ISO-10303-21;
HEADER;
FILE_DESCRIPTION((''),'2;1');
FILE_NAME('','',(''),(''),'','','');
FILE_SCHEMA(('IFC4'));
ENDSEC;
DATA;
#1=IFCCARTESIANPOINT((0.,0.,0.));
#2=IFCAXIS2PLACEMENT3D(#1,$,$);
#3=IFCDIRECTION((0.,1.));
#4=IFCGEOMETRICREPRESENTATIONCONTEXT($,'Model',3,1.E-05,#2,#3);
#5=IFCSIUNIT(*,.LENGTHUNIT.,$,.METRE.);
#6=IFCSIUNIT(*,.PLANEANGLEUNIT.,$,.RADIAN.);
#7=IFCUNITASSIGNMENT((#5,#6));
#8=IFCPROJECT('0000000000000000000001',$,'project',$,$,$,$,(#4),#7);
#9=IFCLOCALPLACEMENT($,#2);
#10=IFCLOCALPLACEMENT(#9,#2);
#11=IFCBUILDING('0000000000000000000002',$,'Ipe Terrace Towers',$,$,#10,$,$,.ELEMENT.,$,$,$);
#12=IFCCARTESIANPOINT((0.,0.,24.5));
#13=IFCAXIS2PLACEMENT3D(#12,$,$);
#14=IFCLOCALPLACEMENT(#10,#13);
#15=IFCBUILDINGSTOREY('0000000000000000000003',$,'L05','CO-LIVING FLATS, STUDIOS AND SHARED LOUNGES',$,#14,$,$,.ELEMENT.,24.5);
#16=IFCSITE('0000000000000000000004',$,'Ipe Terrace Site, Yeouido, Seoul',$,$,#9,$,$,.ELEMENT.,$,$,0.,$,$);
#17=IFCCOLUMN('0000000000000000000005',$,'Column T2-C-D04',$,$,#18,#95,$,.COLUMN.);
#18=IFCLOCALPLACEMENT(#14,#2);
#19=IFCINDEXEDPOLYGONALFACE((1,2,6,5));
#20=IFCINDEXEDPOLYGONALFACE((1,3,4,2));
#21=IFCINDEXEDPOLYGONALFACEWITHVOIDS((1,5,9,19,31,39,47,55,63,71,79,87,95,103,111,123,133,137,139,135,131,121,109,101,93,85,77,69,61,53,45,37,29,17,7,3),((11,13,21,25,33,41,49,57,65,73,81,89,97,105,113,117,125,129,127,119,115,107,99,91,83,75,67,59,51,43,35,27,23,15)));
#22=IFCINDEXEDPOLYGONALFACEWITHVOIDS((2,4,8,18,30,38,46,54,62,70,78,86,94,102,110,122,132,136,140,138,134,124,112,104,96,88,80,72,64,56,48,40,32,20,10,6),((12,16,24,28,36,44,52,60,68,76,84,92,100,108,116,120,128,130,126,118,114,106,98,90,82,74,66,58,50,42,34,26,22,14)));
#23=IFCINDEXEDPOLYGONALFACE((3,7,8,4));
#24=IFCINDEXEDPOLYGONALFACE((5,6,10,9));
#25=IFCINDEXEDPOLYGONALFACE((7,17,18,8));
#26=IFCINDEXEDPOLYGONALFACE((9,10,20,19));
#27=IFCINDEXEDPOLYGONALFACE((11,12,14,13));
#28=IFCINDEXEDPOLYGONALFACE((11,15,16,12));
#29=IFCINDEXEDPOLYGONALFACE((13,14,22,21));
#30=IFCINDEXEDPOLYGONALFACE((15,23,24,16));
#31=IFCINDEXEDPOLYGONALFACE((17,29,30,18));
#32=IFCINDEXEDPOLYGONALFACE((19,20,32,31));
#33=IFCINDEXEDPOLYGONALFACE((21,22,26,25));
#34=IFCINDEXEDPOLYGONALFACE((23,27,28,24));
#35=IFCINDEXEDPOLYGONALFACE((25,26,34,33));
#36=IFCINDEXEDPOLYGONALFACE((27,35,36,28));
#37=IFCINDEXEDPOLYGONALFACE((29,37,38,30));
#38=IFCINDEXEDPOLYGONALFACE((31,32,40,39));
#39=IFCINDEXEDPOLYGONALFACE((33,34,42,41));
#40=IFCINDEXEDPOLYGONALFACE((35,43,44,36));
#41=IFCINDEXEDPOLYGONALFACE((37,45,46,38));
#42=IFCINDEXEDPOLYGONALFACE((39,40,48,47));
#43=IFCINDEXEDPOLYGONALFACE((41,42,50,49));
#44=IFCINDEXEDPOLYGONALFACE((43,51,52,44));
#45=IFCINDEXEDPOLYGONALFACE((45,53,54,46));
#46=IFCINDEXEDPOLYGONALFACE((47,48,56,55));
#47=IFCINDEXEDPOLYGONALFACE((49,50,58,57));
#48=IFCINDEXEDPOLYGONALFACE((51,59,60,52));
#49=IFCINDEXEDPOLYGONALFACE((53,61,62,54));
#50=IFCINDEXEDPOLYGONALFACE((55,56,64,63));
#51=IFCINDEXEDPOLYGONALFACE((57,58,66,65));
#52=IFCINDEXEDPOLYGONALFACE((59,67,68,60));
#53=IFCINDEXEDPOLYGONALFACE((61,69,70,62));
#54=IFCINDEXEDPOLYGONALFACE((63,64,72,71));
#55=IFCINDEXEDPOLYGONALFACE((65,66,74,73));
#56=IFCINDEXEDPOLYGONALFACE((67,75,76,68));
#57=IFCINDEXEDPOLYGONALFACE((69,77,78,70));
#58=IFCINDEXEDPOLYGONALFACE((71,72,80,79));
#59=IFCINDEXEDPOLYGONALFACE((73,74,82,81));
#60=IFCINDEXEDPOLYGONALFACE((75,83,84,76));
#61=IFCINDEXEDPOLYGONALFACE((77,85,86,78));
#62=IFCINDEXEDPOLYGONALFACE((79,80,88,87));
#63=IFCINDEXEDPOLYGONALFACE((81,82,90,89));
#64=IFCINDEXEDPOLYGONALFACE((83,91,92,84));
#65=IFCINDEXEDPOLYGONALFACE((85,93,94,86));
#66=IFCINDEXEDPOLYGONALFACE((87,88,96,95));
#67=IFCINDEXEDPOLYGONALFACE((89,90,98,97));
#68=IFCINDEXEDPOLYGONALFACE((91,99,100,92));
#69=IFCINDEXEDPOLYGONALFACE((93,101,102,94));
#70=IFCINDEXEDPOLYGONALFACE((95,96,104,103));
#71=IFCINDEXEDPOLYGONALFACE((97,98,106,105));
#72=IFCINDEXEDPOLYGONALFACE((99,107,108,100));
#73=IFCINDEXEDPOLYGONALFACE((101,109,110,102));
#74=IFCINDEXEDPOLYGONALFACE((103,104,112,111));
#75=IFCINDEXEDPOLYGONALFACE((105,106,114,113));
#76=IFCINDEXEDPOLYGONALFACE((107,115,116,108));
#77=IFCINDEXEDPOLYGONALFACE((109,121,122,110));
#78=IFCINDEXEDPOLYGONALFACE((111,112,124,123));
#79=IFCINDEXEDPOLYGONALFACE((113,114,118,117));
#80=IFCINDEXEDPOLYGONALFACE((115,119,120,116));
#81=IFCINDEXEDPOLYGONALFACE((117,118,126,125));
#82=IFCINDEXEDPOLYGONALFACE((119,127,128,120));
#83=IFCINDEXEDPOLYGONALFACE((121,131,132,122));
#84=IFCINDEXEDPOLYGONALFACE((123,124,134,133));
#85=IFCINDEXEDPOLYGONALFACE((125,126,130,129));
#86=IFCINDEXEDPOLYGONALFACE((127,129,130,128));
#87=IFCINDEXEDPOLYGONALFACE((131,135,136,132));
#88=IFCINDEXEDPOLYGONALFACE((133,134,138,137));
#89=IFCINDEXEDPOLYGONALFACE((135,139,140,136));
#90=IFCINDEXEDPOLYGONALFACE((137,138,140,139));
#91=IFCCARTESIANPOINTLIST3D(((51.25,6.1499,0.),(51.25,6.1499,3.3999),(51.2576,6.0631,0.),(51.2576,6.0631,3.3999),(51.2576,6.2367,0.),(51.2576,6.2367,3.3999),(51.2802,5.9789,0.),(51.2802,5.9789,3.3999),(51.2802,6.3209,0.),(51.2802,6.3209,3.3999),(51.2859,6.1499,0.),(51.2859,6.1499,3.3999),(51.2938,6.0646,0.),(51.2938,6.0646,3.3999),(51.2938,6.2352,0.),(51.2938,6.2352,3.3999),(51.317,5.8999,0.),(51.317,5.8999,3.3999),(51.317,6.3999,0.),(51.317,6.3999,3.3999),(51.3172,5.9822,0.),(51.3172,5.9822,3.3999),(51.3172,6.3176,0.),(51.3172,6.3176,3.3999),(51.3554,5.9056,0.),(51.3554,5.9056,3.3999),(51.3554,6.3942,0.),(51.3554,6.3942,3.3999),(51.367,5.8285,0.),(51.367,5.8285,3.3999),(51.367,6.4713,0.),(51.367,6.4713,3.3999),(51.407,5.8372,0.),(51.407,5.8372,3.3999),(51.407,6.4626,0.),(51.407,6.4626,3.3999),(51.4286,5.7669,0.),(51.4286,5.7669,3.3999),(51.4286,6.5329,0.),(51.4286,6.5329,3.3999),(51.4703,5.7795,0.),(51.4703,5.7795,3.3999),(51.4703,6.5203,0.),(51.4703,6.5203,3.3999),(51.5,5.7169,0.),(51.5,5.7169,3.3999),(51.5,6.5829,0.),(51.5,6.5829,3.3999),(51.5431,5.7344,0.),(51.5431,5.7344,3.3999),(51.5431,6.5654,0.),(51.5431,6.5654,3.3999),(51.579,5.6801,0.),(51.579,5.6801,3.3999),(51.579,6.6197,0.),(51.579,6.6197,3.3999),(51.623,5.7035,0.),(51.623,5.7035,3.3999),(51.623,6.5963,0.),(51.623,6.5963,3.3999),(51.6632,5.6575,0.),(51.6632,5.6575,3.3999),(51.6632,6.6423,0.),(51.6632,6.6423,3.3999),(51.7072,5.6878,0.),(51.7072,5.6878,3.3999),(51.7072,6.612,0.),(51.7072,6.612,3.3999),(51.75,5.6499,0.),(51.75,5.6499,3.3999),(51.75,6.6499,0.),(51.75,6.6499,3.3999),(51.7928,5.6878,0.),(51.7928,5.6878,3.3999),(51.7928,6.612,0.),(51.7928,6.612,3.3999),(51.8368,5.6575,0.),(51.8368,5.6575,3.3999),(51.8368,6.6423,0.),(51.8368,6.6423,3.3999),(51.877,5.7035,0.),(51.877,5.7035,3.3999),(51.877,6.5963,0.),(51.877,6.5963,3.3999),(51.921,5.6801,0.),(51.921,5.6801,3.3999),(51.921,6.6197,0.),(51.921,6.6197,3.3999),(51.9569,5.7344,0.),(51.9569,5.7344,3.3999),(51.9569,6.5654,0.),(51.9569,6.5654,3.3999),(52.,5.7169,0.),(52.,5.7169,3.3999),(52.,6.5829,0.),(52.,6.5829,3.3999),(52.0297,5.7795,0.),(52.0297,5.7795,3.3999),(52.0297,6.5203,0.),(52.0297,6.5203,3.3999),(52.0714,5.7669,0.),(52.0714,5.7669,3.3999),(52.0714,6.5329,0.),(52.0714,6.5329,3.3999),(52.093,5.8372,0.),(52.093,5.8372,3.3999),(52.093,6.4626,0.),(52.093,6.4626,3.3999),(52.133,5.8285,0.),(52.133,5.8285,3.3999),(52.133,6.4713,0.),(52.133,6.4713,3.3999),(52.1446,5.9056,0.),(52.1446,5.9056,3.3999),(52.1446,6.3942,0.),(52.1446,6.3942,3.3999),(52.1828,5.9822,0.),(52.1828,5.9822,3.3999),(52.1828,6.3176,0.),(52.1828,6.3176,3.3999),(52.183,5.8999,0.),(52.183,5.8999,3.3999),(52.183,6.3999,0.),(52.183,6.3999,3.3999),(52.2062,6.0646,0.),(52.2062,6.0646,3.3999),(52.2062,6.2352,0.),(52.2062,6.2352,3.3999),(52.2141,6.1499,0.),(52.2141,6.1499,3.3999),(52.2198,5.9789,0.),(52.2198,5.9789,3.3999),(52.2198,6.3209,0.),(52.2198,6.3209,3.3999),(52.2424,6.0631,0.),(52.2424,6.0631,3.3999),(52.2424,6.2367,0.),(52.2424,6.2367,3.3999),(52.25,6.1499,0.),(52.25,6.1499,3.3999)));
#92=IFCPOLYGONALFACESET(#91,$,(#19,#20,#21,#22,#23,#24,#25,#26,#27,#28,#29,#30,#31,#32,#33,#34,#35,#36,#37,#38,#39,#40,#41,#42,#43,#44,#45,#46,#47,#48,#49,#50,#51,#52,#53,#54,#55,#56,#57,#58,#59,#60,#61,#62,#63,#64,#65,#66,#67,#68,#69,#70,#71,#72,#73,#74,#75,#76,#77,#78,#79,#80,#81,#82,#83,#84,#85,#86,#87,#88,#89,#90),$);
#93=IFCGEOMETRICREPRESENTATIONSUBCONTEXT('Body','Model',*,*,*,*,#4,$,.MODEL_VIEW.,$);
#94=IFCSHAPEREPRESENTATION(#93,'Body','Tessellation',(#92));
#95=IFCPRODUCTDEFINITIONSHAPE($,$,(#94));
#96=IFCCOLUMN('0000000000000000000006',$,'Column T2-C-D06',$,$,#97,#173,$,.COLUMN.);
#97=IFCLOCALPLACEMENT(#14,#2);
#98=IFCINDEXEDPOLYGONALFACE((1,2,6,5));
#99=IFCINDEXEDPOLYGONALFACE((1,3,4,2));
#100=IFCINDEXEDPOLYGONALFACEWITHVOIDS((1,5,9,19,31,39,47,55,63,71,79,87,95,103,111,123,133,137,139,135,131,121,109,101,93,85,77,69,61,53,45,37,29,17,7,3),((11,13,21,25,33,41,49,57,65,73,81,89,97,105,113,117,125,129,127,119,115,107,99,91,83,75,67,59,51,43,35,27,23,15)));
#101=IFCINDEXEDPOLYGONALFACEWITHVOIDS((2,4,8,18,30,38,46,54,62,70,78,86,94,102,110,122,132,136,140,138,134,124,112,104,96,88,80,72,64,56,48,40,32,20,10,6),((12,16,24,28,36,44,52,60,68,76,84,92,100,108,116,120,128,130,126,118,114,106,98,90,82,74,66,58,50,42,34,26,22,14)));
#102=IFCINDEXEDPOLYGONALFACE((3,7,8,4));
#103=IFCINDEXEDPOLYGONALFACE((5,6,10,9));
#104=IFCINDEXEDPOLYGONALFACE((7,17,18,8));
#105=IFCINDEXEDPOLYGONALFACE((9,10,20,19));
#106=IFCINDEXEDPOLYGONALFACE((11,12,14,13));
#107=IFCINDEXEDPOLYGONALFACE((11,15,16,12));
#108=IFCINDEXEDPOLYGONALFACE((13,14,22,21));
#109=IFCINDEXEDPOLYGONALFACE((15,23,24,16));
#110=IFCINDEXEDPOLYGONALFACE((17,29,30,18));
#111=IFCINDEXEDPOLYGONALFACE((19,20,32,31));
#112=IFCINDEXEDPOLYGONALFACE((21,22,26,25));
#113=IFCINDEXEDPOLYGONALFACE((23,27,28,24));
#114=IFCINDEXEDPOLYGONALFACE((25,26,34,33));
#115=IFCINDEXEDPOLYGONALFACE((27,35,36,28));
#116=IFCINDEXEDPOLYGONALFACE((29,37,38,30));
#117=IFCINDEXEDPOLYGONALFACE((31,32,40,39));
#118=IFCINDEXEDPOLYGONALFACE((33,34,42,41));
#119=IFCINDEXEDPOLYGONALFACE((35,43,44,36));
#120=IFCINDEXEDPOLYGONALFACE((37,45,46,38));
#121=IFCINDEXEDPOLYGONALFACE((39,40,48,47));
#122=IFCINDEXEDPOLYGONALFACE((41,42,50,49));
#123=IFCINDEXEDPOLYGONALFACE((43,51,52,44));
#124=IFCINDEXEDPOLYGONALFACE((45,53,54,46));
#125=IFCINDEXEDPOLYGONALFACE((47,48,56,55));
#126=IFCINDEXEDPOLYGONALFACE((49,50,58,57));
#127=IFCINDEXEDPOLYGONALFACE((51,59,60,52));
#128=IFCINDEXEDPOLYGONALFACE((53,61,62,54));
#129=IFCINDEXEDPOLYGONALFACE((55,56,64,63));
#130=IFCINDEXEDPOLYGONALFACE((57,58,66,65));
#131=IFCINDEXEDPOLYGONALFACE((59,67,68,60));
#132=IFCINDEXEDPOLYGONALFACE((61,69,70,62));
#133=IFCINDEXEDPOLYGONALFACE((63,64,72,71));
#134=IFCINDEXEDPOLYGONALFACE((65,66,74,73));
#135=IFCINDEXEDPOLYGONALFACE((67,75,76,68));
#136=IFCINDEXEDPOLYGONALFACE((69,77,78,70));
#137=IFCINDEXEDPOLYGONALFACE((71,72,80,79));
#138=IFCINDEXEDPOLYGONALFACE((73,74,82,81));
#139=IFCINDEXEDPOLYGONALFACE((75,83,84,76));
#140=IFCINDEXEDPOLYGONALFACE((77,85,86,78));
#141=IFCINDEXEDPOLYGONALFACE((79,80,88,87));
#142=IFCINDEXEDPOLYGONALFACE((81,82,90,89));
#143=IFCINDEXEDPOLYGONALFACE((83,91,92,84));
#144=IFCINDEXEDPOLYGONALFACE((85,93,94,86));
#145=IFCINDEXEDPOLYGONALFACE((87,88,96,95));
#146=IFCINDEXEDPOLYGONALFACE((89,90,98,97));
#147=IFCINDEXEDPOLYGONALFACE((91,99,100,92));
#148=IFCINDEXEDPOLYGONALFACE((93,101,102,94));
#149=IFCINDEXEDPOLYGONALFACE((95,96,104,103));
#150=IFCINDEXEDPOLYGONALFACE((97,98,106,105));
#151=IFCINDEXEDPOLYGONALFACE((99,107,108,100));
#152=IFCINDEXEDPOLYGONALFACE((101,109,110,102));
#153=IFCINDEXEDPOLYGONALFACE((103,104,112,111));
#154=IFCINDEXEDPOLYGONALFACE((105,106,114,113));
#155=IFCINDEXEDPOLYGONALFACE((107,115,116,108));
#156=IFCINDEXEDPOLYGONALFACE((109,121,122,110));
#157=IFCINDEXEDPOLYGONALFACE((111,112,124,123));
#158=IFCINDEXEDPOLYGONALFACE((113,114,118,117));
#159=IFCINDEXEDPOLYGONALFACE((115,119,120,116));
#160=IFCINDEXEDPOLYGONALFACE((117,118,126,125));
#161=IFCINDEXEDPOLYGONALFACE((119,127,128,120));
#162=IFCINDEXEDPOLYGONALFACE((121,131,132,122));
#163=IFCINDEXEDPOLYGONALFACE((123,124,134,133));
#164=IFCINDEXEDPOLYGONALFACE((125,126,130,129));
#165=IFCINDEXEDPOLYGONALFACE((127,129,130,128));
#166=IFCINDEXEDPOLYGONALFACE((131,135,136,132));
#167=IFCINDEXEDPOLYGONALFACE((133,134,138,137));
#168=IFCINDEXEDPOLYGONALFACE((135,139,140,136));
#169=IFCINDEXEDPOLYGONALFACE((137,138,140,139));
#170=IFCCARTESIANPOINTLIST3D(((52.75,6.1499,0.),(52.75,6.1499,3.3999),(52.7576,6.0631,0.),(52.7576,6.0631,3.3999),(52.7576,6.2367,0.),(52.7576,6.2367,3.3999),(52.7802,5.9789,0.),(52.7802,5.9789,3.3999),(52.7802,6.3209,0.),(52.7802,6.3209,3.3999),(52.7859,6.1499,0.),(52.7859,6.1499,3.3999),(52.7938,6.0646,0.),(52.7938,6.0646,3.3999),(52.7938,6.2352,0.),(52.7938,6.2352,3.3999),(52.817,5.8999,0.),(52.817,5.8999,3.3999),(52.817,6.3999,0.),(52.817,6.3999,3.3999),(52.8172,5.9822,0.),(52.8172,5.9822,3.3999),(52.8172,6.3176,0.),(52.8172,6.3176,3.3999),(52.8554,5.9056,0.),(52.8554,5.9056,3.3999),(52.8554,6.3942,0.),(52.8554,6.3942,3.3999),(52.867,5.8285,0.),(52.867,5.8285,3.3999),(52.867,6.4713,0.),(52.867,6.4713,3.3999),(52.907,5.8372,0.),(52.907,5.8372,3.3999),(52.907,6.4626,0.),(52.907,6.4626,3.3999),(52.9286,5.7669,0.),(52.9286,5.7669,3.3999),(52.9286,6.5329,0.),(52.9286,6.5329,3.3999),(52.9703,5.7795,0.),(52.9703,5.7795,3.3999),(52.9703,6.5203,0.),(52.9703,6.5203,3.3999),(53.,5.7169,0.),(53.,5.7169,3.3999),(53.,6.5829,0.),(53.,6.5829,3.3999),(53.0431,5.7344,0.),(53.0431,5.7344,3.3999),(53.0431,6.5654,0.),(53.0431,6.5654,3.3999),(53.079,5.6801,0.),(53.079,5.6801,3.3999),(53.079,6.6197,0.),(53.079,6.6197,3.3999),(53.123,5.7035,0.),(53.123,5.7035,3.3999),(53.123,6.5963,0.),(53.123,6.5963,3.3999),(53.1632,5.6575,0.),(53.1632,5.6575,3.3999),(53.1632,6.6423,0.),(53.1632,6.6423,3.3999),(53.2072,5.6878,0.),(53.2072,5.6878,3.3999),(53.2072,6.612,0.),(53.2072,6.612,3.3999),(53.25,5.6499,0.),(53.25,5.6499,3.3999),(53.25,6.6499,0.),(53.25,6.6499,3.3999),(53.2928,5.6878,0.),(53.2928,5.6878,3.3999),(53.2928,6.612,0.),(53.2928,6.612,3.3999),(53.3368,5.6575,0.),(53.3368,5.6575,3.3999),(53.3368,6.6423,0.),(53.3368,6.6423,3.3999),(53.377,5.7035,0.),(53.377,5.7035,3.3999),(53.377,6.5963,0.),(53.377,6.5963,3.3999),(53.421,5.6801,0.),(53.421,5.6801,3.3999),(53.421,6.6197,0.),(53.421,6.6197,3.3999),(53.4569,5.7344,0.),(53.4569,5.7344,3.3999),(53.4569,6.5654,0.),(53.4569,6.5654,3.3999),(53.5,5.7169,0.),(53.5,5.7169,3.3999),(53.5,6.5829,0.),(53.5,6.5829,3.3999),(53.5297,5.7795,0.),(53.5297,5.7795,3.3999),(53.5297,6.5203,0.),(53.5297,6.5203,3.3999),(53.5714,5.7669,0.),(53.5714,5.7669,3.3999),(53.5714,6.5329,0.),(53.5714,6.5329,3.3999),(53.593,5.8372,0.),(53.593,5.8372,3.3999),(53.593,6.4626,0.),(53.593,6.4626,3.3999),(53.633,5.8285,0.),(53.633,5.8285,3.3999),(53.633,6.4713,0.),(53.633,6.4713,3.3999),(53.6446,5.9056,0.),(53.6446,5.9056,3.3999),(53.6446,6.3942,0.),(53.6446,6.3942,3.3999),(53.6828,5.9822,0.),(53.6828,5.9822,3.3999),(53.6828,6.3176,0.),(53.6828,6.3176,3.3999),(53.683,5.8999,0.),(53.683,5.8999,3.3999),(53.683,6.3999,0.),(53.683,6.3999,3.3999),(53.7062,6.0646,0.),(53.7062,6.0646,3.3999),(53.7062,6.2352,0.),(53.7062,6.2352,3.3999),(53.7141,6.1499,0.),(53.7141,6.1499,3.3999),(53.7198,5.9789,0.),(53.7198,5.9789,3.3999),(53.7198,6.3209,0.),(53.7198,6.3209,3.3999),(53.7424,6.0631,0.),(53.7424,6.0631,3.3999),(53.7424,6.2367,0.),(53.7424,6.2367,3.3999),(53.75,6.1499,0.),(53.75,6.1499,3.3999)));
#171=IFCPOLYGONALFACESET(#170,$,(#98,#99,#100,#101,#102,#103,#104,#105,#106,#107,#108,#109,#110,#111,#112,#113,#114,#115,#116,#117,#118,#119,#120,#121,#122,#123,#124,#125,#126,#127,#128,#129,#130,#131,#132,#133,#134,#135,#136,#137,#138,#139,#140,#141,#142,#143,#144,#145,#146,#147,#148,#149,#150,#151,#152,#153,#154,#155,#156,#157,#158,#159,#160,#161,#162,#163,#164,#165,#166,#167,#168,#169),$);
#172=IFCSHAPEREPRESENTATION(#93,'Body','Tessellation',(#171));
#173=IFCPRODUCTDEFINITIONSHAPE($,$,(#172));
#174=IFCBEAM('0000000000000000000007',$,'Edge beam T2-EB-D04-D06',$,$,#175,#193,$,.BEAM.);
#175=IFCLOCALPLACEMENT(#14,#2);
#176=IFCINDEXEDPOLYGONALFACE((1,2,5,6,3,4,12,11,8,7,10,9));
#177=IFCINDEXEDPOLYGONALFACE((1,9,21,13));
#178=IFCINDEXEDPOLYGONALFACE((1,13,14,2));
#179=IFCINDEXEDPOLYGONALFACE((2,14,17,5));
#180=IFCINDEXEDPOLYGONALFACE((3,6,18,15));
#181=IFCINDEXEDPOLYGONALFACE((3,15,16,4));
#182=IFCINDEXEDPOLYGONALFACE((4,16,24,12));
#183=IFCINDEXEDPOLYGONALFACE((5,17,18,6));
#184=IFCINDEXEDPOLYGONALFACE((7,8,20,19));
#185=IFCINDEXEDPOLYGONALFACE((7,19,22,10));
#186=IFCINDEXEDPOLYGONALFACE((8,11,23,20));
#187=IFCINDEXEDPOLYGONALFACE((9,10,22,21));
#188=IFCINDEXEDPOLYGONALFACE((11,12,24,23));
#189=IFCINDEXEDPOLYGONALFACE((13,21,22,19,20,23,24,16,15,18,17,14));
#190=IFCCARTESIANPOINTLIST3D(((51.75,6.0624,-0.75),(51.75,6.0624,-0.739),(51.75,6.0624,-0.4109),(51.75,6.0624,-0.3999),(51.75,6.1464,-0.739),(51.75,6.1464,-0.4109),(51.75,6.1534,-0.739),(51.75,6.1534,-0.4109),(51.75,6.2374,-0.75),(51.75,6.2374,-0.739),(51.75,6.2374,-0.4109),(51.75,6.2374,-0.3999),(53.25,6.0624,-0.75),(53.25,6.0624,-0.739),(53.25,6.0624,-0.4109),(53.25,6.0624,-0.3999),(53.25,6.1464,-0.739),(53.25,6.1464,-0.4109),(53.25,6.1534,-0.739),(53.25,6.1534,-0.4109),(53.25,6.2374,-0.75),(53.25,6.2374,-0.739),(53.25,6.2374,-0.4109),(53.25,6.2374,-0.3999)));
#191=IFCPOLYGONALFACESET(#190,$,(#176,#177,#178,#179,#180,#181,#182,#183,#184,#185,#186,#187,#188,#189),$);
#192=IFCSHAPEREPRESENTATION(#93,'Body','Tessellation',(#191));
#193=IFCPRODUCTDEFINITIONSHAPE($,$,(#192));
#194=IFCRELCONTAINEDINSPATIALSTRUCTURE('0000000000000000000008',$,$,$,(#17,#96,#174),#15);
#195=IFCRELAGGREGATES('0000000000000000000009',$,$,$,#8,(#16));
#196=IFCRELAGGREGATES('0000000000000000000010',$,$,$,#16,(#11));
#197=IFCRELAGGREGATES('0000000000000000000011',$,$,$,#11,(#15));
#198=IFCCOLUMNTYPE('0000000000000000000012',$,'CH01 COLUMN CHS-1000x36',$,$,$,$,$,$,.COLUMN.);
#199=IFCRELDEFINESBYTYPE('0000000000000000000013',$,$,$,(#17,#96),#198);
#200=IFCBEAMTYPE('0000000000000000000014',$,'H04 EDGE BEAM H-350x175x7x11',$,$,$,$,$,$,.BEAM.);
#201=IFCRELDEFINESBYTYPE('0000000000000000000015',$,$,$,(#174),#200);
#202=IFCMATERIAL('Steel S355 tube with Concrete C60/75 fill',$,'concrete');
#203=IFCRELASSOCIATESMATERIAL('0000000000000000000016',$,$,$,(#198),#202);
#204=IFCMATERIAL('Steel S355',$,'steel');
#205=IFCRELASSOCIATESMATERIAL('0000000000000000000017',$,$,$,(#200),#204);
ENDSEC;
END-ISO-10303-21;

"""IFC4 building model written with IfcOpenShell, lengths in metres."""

from ifc_helpers import new_model, si_unit, direction, frame, origin, origin_2d, place, context, subcontext, project, spatial, hollow_circle, i_section, extrude, material, material_profile, profile_set, type_object, element, save


model = new_model("IFC4")

# Units and contexts
model_context = context("Model", 3, precision=1e-05, world=origin(), true_north=direction((0.0, 1.0)))
body_context = subcontext(model_context, "Body", "Model", "MODEL_VIEW")
ifc_project = project(units=[si_unit("LENGTHUNIT", "METRE"), si_unit("PLANEANGLEUNIT", "RADIAN")], contexts=[model_context])

# Site, building, storey
site_placement = place(None, origin())
site = spatial("IfcSite", under=ifc_project, at=site_placement, Name="Ipe Terrace Site, Yeouido, Seoul", CompositionType="ELEMENT", RefElevation=0.0)
building_placement = place(site_placement, origin())
building = spatial("IfcBuilding", under=site, at=building_placement, Name="Ipe Terrace Towers", CompositionType="ELEMENT")
storey_placement = place(building_placement, frame((0.0, 0.0, 24.5)))
storey = spatial("IfcBuildingStorey", under=building, at=storey_placement, Name="L05", Description="CO-LIVING FLATS, STUDIOS AND SHARED LOUNGES", CompositionType="ELEMENT", Elevation=24.5)

# Columns
ifc_material_1 = material(Name="Steel S355 tube with Concrete C60/75 fill", Category="concrete")
ifc_material_profile_1 = material_profile(ifc_material_1, hollow_circle(Radius=0.5, WallThickness=0.0359, at=origin_2d()), Name="CHS-1000x36")
ifc_profile_set_1 = profile_set([ifc_material_profile_1], Name="Steel S355 tube with Concrete C60/75 fill")
column_type = type_object("IfcColumnType", Name="CH01 COLUMN CHS-1000x36", PredefinedType="COLUMN", material=ifc_profile_set_1)
for number, where, z_axis, x_axis, name in (
    (1, (51.75, 6.1499, 0.0), (0.0, 0.0, 1.0), (1.0, 0.0, 0.0), "Column T2-C-D04"),
    (2, (53.25, 6.1499, 0.0), (0.0, 0.0, 1.0), (1.0, 0.0, 0.0), "Column T2-C-D06"),
):
    element("IfcColumn", number, at=place(storey_placement, frame(where, z_axis=z_axis, x_axis=x_axis)), inside=storey, type_object=column_type, Name=name, PredefinedType="COLUMN", context=body_context, shape_type="SweptSolid", body=[
        extrude(hollow_circle(Radius=0.5, WallThickness=0.0359, at=origin_2d()), origin(), (0.0, 0.0, 1.0), 3.3999),
    ])

# Beam
ifc_material_2 = material(Name="Steel S355", Category="steel")
ifc_material_profile_2 = material_profile(ifc_material_2, i_section(OverallWidth=0.175, OverallDepth=0.3501, WebThickness=0.0071, FlangeThickness=0.011, at=origin_2d()), Name="H-350x175x7x11")
ifc_profile_set_2 = profile_set([ifc_material_profile_2], Name="Steel S355")
beam_type_1 = type_object("IfcBeamType", Name="H04 EDGE BEAM H-350x175x7x11", PredefinedType="BEAM", material=ifc_profile_set_2)
beam_1_placement = place(storey_placement, frame((51.75, 6.1499, -0.575), z_axis=(1.0, 0.0, 0.0), x_axis=(0.0, 1.0, 0.0)))
element("IfcBeam", 3, at=beam_1_placement, inside=storey, type_object=beam_type_1, Name="Edge beam T2-EB-D04-D06", PredefinedType="BEAM", context=body_context, shape_type="SweptSolid", body=[
    extrude(i_section(OverallWidth=0.175, OverallDepth=0.3501, WebThickness=0.0071, FlangeThickness=0.011, at=origin_2d()), origin(), (0.0, 0.0, 1.0), 1.5),
])

save(model, "model.ifc")
